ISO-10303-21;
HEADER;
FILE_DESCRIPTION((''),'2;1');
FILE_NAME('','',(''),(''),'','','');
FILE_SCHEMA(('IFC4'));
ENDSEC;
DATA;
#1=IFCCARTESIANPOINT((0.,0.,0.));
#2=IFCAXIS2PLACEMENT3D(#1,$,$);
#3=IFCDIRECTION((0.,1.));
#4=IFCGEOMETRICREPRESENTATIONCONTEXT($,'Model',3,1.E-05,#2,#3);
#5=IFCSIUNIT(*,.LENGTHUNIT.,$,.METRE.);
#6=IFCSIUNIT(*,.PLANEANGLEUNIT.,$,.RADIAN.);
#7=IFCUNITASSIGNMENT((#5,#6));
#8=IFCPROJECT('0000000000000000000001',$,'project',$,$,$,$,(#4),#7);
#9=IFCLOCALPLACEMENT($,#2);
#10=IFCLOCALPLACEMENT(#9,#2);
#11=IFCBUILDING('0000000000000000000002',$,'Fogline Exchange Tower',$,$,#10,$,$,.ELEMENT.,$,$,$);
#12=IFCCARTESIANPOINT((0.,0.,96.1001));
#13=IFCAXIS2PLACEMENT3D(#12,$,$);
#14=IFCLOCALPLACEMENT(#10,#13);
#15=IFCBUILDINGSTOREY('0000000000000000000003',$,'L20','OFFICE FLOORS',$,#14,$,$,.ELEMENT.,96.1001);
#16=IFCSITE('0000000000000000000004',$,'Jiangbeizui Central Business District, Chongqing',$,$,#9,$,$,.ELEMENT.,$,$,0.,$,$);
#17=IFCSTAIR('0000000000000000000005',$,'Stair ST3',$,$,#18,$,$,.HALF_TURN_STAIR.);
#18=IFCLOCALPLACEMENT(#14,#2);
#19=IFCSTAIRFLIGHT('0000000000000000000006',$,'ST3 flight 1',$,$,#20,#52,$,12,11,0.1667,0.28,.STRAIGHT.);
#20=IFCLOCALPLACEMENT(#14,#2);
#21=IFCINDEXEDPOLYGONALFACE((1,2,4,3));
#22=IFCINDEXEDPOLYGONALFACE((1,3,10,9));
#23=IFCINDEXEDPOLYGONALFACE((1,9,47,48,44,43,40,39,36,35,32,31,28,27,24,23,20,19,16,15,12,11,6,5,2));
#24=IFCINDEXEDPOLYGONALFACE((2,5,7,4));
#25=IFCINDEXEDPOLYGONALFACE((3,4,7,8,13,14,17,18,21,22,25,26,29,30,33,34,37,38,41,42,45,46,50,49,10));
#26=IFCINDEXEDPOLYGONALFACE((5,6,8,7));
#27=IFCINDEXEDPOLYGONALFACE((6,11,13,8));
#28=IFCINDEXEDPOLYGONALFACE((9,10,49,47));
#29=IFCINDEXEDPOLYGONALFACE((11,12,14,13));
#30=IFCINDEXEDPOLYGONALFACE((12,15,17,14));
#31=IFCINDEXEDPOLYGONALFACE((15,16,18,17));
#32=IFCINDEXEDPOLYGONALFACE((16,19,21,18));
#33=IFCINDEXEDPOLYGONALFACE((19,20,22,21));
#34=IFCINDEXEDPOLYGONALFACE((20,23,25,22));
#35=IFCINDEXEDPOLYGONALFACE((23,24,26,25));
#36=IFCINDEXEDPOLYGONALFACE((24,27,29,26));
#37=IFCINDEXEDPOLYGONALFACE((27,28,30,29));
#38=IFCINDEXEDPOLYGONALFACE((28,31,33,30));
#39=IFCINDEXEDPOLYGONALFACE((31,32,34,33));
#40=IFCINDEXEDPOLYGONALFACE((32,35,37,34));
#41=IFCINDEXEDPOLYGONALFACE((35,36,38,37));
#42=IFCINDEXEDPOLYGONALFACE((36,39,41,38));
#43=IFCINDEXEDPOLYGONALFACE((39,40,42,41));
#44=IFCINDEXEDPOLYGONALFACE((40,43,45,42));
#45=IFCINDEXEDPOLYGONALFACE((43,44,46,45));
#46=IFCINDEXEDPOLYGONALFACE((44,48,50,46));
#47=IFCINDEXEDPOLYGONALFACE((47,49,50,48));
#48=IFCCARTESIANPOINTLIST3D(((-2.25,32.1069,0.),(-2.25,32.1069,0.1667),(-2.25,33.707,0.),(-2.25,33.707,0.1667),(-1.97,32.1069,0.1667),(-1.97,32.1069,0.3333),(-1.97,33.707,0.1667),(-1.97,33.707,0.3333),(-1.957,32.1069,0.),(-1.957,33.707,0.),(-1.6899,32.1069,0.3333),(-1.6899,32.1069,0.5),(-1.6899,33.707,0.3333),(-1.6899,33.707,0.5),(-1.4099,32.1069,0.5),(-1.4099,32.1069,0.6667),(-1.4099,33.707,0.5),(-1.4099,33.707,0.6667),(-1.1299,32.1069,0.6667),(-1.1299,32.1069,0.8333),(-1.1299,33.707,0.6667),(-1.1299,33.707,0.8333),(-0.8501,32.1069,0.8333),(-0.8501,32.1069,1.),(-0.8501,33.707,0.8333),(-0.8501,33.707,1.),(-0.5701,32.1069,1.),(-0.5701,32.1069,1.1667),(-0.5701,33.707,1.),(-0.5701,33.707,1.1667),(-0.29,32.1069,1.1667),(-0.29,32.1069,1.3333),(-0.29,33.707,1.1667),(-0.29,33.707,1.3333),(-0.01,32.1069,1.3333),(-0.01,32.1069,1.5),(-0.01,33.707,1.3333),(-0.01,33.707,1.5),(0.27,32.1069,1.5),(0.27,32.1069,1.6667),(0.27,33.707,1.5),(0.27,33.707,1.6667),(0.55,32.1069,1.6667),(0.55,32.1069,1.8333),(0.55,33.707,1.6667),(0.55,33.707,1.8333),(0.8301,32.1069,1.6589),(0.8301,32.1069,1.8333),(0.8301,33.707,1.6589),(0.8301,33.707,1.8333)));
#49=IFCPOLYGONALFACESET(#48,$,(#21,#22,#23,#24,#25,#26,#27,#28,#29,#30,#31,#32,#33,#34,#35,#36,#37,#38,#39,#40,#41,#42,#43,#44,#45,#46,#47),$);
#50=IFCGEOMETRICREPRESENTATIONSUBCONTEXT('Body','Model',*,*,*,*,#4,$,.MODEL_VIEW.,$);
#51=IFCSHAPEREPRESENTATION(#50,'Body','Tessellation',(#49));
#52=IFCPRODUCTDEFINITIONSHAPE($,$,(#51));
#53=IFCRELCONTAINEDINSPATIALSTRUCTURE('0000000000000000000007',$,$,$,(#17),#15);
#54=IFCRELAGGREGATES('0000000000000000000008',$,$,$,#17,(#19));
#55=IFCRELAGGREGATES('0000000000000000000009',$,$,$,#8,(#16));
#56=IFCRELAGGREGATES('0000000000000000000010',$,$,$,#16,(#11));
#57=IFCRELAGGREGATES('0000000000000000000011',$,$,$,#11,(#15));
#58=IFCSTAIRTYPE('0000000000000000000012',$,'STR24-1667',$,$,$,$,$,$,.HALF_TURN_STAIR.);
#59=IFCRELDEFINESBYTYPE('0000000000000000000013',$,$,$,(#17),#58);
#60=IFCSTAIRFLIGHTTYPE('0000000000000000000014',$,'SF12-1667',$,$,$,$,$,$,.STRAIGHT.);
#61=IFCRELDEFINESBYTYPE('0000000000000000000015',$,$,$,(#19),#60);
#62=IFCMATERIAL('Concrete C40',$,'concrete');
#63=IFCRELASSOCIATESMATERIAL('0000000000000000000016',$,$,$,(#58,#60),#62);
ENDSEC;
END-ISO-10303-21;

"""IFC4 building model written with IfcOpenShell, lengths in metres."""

from ifc_helpers import new_model, si_unit, direction, frame, origin, place, context, subcontext, project, spatial, polyline, outline, extrude, material, type_object, element, aggregate, save


model = new_model("IFC4")

# Units and contexts
model_context = context("Model", 3, precision=1e-05, world=origin(), true_north=direction((0.0, 1.0)))
body_context = subcontext(model_context, "Body", "Model", "MODEL_VIEW")
ifc_project = project(units=[si_unit("LENGTHUNIT", "METRE"), si_unit("PLANEANGLEUNIT", "RADIAN")], contexts=[model_context])

# Site, building, storey
site_placement = place(None, origin())
site = spatial("IfcSite", under=ifc_project, at=site_placement, Name="Jiangbeizui Central Business District, Chongqing", CompositionType="ELEMENT", RefElevation=0.0)
building_placement = place(site_placement, origin())
building = spatial("IfcBuilding", under=site, at=building_placement, Name="Fogline Exchange Tower", CompositionType="ELEMENT")
storey_placement = place(building_placement, frame((0.0, 0.0, 96.1001)))
storey = spatial("IfcBuildingStorey", under=building, at=storey_placement, Name="L20", Description="OFFICE FLOORS", CompositionType="ELEMENT", Elevation=96.1001)

# Shared definitions
ifc_material_1 = material(Name="Concrete C40", Category="concrete")

# Stair, stair flight
stair_type = type_object("IfcStairType", Name="STR24-1667", PredefinedType="HALF_TURN_STAIR", material=ifc_material_1)
stair_placement = place(storey_placement, origin())
stair = element("IfcStair", 1, at=stair_placement, inside=storey, type_object=stair_type, Name="Stair ST3", PredefinedType="HALF_TURN_STAIR")
stair_flight_type = type_object("IfcStairFlightType", Name="SF12-1667", PredefinedType="STRAIGHT", material=ifc_material_1)
stair_flight_placement = place(storey_placement, frame((-2.25, 32.907, 0.0), z_axis=(0.0, 0.0, 1.0), x_axis=(1.0, 0.0, 0.0)))
stair_flight = element("IfcStairFlight", 2, at=stair_flight_placement, type_object=stair_flight_type, Name="ST3 flight 1", NumberOfRisers=12, NumberOfTreads=11, PredefinedType="STRAIGHT", RiserHeight=0.1667, TreadLength=0.28, context=body_context, shape_type="SweptSolid", body=[
    extrude(outline(polyline([(0.0, 0.0), (0.0, 0.1667), (0.28, 0.1667), (0.28, 0.3333), (0.5601, 0.3333), (0.5601, 0.5), (0.8401, 0.5), (0.8401, 0.6667), (1.1201, 0.6667), (1.1201, 0.8333), (1.3999, 0.8333), (1.3999, 1.0), (1.6799, 1.0), (1.6799, 1.1667), (1.96, 1.1667), (1.96, 1.3333), (2.24, 1.3333), (2.24, 1.5), (2.52, 1.5), (2.52, 1.6667), (2.8, 1.6667), (2.8, 1.8333), (3.0801, 1.8333), (3.0801, 2.0), (3.0801, 1.6589), (0.293, 0.0), (0.0, 0.0)])), frame((0.0, 0.8, 0.0), z_axis=(0.0, -1.0, 0.0), x_axis=(1.0, 0.0, 0.0)), (0.0, 0.0, 1.0), 1.6001),
])
aggregate(stair, [stair_flight])

save(model, "model.ifc")
